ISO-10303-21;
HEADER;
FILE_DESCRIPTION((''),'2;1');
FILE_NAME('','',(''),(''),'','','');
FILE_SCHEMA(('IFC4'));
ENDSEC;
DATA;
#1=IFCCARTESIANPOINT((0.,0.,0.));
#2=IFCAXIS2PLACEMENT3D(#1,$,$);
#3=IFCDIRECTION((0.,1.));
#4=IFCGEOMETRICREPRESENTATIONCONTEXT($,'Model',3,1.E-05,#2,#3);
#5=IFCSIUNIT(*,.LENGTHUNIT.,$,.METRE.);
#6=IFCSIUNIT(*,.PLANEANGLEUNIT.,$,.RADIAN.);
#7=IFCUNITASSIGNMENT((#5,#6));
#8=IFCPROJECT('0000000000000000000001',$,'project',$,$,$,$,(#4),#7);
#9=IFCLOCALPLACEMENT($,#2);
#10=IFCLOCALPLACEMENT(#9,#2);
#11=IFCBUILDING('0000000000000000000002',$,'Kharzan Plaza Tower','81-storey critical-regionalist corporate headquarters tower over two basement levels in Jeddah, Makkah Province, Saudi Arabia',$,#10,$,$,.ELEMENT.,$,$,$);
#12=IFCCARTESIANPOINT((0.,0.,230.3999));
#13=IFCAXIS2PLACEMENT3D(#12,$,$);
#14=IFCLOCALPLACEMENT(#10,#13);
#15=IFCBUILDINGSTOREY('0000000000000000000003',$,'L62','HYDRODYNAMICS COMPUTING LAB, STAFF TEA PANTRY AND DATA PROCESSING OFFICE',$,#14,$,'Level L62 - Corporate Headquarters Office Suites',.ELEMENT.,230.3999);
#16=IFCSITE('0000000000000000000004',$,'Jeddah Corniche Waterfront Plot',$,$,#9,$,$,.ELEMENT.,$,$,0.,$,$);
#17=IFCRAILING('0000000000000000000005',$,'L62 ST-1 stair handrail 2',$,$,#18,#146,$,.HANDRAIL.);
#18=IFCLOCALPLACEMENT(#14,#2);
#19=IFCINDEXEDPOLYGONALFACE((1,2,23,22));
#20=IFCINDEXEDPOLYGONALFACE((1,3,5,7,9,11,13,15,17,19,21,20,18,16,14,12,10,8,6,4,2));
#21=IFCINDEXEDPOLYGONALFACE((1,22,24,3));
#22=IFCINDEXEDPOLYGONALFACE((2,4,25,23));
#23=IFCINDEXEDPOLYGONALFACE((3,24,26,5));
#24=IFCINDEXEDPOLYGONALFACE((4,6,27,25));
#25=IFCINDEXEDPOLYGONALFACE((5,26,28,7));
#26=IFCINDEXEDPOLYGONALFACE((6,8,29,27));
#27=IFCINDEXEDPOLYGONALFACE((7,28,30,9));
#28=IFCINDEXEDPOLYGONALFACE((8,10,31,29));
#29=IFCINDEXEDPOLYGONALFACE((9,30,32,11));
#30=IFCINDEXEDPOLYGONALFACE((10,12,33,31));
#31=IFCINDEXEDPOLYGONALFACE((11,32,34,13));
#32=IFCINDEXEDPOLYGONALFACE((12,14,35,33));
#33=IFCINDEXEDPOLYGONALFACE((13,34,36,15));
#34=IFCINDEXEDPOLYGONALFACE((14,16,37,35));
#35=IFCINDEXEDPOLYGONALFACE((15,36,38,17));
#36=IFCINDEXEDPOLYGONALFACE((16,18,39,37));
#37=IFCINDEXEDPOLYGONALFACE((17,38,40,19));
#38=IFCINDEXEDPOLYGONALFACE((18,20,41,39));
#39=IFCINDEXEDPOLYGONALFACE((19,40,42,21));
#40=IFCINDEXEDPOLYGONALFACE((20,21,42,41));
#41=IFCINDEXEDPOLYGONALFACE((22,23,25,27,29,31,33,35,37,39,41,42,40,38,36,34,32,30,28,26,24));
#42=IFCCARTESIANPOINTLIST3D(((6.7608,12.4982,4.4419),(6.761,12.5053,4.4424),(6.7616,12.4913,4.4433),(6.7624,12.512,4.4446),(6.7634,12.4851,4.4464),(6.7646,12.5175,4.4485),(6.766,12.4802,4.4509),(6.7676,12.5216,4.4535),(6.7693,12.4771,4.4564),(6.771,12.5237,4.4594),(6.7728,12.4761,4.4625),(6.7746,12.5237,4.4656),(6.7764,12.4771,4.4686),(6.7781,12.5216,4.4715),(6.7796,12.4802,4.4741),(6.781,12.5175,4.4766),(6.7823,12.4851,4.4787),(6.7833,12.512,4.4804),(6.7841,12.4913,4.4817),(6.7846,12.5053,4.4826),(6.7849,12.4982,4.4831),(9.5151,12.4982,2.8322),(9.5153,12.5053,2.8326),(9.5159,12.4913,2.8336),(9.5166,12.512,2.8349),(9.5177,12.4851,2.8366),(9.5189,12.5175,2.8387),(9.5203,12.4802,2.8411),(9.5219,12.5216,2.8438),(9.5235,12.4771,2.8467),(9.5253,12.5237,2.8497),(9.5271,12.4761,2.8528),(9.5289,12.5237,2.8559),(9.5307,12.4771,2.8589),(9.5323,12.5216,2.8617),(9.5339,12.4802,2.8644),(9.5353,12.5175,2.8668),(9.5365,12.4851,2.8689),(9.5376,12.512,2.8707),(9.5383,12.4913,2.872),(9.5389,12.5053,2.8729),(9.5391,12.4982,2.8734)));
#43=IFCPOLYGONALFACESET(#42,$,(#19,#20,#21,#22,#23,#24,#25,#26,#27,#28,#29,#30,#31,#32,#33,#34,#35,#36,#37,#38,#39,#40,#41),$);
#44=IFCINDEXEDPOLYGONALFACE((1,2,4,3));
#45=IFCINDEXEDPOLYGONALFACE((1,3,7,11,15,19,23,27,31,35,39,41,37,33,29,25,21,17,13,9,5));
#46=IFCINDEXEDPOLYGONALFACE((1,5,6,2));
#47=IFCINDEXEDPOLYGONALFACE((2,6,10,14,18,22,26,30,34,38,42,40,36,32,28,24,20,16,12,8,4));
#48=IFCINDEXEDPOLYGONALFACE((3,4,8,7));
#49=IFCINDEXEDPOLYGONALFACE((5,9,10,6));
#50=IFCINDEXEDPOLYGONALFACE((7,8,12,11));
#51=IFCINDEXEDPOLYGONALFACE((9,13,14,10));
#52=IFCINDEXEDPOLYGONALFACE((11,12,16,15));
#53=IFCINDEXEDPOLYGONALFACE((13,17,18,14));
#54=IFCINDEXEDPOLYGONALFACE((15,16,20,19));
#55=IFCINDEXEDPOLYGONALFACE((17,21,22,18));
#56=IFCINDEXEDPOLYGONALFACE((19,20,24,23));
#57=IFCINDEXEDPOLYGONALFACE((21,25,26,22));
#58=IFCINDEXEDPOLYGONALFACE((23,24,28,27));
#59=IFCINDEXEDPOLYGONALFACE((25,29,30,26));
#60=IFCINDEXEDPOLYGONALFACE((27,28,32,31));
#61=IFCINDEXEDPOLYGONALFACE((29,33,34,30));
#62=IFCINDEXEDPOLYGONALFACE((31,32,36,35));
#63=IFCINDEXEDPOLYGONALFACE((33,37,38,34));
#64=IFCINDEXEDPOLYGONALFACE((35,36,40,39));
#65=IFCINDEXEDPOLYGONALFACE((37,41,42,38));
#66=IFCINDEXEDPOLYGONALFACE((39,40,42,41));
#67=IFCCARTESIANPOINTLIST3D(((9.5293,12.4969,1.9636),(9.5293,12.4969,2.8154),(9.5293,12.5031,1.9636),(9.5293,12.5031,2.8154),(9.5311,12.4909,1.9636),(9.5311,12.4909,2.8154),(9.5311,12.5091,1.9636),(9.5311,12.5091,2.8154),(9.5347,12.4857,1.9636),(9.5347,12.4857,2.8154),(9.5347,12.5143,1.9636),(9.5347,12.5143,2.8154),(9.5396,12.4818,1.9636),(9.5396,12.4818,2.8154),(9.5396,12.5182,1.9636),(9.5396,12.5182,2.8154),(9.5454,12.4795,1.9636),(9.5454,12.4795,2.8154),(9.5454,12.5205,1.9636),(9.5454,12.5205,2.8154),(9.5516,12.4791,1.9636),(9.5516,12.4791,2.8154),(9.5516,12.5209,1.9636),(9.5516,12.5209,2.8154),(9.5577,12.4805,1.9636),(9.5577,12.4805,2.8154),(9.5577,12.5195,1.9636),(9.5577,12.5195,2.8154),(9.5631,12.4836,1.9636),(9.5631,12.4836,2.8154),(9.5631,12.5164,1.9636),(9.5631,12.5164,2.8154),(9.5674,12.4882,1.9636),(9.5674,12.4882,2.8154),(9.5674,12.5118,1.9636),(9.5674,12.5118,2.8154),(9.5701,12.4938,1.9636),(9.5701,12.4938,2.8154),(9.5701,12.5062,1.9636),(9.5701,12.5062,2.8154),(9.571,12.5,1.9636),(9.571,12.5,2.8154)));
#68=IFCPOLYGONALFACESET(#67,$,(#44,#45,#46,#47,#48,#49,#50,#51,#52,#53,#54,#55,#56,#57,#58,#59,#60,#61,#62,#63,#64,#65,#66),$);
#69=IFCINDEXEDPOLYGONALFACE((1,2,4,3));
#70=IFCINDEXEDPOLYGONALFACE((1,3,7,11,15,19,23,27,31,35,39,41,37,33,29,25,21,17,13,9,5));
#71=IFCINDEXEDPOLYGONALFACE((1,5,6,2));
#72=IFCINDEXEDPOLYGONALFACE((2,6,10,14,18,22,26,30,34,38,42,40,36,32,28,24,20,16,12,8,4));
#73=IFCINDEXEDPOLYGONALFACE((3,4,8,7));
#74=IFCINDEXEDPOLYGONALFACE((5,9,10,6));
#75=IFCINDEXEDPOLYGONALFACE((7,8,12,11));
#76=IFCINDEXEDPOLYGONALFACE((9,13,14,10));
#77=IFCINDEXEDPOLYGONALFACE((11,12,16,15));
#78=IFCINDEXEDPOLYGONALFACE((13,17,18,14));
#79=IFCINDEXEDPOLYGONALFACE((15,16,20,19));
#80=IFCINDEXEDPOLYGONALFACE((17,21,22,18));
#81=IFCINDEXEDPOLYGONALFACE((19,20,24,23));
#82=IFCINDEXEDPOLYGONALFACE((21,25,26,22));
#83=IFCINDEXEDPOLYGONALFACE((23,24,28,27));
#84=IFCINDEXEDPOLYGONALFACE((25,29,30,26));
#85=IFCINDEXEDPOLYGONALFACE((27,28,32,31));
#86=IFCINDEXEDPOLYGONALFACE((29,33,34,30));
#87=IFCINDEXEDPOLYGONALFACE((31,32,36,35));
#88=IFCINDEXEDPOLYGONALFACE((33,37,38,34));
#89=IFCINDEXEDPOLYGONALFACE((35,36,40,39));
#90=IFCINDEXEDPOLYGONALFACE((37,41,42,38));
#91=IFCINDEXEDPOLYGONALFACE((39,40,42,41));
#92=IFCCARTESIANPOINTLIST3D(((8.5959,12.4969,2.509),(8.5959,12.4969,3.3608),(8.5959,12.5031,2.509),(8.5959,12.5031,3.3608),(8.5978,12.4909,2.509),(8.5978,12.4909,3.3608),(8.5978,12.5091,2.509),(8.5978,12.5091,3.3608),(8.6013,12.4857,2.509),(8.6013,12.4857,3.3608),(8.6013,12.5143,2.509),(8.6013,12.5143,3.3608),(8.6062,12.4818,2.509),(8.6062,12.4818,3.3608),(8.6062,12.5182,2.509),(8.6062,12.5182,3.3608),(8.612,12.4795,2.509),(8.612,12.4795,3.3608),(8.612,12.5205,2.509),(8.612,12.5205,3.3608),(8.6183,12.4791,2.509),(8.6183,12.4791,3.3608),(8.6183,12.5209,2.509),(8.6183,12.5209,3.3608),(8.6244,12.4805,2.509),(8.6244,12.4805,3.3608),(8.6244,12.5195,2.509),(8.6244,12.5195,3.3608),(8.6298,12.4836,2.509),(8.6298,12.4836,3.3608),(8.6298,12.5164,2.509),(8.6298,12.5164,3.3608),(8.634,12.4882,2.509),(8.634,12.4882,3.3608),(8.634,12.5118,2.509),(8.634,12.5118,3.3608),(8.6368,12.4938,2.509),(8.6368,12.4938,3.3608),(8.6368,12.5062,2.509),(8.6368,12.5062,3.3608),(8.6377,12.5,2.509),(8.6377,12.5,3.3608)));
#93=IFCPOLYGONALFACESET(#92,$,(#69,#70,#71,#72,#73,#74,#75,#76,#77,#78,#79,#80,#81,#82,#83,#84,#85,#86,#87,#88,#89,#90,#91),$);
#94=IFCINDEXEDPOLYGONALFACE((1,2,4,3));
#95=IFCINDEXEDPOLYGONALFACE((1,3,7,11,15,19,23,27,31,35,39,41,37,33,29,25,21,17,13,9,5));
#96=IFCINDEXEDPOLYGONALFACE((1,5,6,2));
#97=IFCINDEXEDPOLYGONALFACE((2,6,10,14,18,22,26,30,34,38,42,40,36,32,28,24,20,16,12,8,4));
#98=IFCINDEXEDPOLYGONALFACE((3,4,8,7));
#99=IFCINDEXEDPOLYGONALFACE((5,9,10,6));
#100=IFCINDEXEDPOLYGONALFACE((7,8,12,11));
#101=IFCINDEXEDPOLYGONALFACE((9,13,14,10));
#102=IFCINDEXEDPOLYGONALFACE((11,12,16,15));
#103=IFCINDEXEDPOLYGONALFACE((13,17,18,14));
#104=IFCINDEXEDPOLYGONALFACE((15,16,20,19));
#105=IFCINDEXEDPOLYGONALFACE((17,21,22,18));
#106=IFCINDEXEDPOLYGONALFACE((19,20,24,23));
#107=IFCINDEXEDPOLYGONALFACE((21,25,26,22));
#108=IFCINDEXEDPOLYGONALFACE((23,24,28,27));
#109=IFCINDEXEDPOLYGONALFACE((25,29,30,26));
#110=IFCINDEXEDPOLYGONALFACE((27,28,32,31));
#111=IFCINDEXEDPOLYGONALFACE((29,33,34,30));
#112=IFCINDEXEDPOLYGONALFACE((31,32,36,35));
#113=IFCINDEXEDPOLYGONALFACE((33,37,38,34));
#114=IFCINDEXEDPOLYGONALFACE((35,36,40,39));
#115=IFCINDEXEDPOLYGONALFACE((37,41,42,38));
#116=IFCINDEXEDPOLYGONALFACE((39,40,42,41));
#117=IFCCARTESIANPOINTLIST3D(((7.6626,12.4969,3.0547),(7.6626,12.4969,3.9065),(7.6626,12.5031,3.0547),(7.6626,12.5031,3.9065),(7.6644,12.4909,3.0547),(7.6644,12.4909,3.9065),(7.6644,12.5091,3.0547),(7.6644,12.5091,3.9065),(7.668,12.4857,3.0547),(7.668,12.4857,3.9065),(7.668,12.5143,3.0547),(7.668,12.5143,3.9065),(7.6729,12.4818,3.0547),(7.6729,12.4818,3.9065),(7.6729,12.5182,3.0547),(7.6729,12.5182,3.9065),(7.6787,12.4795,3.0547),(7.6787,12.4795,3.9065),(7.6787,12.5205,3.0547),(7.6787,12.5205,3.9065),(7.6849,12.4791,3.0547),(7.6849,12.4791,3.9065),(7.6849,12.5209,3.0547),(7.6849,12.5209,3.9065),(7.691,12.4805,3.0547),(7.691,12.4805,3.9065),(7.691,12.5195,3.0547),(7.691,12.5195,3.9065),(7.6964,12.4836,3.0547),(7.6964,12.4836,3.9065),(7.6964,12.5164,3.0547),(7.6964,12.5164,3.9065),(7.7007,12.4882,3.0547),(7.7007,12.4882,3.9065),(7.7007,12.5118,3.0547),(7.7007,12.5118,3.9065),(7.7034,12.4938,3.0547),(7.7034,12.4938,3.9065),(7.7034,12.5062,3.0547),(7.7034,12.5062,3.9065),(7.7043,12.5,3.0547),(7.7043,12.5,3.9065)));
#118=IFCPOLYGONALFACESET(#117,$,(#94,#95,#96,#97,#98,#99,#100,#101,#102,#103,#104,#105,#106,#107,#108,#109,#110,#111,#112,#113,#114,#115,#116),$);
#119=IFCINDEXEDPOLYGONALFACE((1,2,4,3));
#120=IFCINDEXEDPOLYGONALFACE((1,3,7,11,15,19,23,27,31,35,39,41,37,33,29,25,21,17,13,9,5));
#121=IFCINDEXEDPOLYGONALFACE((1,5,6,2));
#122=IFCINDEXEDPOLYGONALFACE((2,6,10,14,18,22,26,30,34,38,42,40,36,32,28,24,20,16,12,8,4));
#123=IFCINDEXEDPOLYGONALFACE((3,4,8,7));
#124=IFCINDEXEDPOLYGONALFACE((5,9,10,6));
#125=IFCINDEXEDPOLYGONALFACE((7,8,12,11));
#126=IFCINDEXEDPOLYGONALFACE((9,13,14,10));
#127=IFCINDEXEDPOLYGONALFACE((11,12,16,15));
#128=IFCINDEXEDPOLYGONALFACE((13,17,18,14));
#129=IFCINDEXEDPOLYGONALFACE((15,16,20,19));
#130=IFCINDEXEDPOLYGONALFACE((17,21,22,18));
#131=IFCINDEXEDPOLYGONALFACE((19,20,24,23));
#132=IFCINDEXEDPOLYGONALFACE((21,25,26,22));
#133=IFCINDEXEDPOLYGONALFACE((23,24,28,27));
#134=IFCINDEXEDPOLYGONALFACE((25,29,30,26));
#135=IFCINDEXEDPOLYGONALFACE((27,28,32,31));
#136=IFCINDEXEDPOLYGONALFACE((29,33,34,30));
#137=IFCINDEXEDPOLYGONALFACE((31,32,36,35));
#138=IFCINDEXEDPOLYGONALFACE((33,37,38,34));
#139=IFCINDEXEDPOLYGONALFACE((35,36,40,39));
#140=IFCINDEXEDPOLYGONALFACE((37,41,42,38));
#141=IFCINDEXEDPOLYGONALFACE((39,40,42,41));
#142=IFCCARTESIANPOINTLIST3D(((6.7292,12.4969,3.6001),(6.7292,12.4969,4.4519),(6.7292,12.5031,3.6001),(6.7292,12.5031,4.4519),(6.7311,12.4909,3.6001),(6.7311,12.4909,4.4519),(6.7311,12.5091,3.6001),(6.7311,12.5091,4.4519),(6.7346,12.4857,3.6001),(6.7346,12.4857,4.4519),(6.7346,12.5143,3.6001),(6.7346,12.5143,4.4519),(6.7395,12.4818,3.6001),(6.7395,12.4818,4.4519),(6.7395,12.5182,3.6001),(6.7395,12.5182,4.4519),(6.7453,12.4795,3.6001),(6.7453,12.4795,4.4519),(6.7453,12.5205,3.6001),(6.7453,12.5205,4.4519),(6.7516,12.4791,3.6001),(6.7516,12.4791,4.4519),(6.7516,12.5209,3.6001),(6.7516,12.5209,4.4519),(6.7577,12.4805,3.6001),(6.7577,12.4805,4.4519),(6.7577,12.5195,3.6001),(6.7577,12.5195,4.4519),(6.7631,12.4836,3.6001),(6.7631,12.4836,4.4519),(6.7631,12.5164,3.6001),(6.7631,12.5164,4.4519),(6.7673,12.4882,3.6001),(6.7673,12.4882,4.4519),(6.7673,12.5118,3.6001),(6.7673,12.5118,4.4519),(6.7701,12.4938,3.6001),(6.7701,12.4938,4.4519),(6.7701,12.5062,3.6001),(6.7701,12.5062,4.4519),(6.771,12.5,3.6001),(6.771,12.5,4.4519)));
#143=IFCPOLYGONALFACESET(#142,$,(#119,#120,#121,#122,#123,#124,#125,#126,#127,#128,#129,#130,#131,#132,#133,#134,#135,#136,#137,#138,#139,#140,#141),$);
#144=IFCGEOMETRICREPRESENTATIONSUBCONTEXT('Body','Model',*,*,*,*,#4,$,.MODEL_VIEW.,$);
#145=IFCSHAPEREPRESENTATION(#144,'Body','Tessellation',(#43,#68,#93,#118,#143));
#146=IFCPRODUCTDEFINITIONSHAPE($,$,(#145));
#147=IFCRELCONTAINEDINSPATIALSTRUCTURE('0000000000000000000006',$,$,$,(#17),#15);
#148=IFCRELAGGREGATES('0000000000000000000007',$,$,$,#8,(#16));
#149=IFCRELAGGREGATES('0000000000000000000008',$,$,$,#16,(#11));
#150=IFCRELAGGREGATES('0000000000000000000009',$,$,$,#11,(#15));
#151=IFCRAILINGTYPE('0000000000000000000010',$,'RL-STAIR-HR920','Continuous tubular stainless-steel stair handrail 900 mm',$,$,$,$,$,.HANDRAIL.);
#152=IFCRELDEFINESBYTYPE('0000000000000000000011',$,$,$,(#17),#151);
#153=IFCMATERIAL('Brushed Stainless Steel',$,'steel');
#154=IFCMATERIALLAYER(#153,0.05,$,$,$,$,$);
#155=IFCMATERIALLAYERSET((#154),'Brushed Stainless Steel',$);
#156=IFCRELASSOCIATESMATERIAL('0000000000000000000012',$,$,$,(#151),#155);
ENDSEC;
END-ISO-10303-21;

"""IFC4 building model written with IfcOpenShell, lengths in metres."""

from ifc_helpers import new_model, si_unit, direction, frame, origin, origin_2d, place, context, subcontext, project, spatial, circle, extrude, source, transform, mapped, material, layer, layer_set, type_object, element, save


model = new_model("IFC4")

# Units and contexts
model_context = context("Model", 3, precision=1e-05, world=origin(), true_north=direction((0.0, 1.0)))
body_context = subcontext(model_context, "Body", "Model", "MODEL_VIEW")
ifc_project = project(units=[si_unit("LENGTHUNIT", "METRE"), si_unit("PLANEANGLEUNIT", "RADIAN")], contexts=[model_context])

# Site, building, storey
site_placement = place(None, origin())
site = spatial("IfcSite", under=ifc_project, at=site_placement, Name="Jeddah Corniche Waterfront Plot", CompositionType="ELEMENT", RefElevation=0.0)
building_placement = place(site_placement, origin())
building = spatial("IfcBuilding", under=site, at=building_placement, Name="Kharzan Plaza Tower", Description="81-storey critical-regionalist corporate headquarters tower over two basement levels in Jeddah, Makkah Province, Saudi Arabia", CompositionType="ELEMENT")
storey_placement = place(building_placement, frame((0.0, 0.0, 230.3999)))
storey = spatial("IfcBuildingStorey", under=building, at=storey_placement, Name="L62", Description="HYDRODYNAMICS COMPUTING LAB, STAFF TEA PANTRY AND DATA PROCESSING OFFICE", LongName="Level L62 - Corporate Headquarters Office Suites", CompositionType="ELEMENT", Elevation=230.3999)

# Shared definitions
ifc_material_1 = material(Name="Brushed Stainless Steel", Category="steel")

# Railing
ifc_layer_1 = layer(ifc_material_1, 0.05)
ifc_layer_set_1 = layer_set([ifc_layer_1], Name="Brushed Stainless Steel")
railing_type_1 = type_object("IfcRailingType", Name="RL-STAIR-HR920", Description="Continuous tubular stainless-steel stair handrail 900 mm", PredefinedType="HANDRAIL", material=ifc_layer_set_1)
shared_shape_1 = source(origin(), body_context, "Body", "SweptSolid", [
    extrude(circle(Radius=0.0239, at=origin_2d()), frame((-0.0229, 0.0, 0.8892), z_axis=(-0.863361, 0.0, 0.504587), x_axis=(0.0, -1.0, 0.0)), (0.0, 0.0, 1.0), 3.1902),
    extrude(circle(Radius=0.021, at=origin_2d()), origin(), (0.0, 0.0, 1.0), 0.8518),
    extrude(circle(Radius=0.021, at=origin_2d()), frame((-0.9333, 0.0, 0.5454)), (0.0, 0.0, 1.0), 0.8518),
    extrude(circle(Radius=0.021, at=origin_2d()), frame((-1.8667, 0.0, 1.0911)), (0.0, 0.0, 1.0), 0.8518),
    extrude(circle(Radius=0.021, at=origin_2d()), frame((-2.8, 0.0, 1.6365)), (0.0, 0.0, 1.0), 0.8518),
])
railing_1_placement = place(storey_placement, frame((9.55, 12.5, 1.9636)))
element("IfcRailing", 1, at=railing_1_placement, inside=storey, type_object=railing_type_1, Name="L62 ST-1 stair handrail 2", PredefinedType="HANDRAIL", context=body_context, shape_type="MappedRepresentation", body=[
    mapped(shared_shape_1, transform((0.0, 0.0, 0.0), x_axis=(1.0, 0.0, 0.0), y_axis=(0.0, 1.0, 0.0), z_axis=(0.0, 0.0, 1.0))),
])

save(model, "model.ifc")
